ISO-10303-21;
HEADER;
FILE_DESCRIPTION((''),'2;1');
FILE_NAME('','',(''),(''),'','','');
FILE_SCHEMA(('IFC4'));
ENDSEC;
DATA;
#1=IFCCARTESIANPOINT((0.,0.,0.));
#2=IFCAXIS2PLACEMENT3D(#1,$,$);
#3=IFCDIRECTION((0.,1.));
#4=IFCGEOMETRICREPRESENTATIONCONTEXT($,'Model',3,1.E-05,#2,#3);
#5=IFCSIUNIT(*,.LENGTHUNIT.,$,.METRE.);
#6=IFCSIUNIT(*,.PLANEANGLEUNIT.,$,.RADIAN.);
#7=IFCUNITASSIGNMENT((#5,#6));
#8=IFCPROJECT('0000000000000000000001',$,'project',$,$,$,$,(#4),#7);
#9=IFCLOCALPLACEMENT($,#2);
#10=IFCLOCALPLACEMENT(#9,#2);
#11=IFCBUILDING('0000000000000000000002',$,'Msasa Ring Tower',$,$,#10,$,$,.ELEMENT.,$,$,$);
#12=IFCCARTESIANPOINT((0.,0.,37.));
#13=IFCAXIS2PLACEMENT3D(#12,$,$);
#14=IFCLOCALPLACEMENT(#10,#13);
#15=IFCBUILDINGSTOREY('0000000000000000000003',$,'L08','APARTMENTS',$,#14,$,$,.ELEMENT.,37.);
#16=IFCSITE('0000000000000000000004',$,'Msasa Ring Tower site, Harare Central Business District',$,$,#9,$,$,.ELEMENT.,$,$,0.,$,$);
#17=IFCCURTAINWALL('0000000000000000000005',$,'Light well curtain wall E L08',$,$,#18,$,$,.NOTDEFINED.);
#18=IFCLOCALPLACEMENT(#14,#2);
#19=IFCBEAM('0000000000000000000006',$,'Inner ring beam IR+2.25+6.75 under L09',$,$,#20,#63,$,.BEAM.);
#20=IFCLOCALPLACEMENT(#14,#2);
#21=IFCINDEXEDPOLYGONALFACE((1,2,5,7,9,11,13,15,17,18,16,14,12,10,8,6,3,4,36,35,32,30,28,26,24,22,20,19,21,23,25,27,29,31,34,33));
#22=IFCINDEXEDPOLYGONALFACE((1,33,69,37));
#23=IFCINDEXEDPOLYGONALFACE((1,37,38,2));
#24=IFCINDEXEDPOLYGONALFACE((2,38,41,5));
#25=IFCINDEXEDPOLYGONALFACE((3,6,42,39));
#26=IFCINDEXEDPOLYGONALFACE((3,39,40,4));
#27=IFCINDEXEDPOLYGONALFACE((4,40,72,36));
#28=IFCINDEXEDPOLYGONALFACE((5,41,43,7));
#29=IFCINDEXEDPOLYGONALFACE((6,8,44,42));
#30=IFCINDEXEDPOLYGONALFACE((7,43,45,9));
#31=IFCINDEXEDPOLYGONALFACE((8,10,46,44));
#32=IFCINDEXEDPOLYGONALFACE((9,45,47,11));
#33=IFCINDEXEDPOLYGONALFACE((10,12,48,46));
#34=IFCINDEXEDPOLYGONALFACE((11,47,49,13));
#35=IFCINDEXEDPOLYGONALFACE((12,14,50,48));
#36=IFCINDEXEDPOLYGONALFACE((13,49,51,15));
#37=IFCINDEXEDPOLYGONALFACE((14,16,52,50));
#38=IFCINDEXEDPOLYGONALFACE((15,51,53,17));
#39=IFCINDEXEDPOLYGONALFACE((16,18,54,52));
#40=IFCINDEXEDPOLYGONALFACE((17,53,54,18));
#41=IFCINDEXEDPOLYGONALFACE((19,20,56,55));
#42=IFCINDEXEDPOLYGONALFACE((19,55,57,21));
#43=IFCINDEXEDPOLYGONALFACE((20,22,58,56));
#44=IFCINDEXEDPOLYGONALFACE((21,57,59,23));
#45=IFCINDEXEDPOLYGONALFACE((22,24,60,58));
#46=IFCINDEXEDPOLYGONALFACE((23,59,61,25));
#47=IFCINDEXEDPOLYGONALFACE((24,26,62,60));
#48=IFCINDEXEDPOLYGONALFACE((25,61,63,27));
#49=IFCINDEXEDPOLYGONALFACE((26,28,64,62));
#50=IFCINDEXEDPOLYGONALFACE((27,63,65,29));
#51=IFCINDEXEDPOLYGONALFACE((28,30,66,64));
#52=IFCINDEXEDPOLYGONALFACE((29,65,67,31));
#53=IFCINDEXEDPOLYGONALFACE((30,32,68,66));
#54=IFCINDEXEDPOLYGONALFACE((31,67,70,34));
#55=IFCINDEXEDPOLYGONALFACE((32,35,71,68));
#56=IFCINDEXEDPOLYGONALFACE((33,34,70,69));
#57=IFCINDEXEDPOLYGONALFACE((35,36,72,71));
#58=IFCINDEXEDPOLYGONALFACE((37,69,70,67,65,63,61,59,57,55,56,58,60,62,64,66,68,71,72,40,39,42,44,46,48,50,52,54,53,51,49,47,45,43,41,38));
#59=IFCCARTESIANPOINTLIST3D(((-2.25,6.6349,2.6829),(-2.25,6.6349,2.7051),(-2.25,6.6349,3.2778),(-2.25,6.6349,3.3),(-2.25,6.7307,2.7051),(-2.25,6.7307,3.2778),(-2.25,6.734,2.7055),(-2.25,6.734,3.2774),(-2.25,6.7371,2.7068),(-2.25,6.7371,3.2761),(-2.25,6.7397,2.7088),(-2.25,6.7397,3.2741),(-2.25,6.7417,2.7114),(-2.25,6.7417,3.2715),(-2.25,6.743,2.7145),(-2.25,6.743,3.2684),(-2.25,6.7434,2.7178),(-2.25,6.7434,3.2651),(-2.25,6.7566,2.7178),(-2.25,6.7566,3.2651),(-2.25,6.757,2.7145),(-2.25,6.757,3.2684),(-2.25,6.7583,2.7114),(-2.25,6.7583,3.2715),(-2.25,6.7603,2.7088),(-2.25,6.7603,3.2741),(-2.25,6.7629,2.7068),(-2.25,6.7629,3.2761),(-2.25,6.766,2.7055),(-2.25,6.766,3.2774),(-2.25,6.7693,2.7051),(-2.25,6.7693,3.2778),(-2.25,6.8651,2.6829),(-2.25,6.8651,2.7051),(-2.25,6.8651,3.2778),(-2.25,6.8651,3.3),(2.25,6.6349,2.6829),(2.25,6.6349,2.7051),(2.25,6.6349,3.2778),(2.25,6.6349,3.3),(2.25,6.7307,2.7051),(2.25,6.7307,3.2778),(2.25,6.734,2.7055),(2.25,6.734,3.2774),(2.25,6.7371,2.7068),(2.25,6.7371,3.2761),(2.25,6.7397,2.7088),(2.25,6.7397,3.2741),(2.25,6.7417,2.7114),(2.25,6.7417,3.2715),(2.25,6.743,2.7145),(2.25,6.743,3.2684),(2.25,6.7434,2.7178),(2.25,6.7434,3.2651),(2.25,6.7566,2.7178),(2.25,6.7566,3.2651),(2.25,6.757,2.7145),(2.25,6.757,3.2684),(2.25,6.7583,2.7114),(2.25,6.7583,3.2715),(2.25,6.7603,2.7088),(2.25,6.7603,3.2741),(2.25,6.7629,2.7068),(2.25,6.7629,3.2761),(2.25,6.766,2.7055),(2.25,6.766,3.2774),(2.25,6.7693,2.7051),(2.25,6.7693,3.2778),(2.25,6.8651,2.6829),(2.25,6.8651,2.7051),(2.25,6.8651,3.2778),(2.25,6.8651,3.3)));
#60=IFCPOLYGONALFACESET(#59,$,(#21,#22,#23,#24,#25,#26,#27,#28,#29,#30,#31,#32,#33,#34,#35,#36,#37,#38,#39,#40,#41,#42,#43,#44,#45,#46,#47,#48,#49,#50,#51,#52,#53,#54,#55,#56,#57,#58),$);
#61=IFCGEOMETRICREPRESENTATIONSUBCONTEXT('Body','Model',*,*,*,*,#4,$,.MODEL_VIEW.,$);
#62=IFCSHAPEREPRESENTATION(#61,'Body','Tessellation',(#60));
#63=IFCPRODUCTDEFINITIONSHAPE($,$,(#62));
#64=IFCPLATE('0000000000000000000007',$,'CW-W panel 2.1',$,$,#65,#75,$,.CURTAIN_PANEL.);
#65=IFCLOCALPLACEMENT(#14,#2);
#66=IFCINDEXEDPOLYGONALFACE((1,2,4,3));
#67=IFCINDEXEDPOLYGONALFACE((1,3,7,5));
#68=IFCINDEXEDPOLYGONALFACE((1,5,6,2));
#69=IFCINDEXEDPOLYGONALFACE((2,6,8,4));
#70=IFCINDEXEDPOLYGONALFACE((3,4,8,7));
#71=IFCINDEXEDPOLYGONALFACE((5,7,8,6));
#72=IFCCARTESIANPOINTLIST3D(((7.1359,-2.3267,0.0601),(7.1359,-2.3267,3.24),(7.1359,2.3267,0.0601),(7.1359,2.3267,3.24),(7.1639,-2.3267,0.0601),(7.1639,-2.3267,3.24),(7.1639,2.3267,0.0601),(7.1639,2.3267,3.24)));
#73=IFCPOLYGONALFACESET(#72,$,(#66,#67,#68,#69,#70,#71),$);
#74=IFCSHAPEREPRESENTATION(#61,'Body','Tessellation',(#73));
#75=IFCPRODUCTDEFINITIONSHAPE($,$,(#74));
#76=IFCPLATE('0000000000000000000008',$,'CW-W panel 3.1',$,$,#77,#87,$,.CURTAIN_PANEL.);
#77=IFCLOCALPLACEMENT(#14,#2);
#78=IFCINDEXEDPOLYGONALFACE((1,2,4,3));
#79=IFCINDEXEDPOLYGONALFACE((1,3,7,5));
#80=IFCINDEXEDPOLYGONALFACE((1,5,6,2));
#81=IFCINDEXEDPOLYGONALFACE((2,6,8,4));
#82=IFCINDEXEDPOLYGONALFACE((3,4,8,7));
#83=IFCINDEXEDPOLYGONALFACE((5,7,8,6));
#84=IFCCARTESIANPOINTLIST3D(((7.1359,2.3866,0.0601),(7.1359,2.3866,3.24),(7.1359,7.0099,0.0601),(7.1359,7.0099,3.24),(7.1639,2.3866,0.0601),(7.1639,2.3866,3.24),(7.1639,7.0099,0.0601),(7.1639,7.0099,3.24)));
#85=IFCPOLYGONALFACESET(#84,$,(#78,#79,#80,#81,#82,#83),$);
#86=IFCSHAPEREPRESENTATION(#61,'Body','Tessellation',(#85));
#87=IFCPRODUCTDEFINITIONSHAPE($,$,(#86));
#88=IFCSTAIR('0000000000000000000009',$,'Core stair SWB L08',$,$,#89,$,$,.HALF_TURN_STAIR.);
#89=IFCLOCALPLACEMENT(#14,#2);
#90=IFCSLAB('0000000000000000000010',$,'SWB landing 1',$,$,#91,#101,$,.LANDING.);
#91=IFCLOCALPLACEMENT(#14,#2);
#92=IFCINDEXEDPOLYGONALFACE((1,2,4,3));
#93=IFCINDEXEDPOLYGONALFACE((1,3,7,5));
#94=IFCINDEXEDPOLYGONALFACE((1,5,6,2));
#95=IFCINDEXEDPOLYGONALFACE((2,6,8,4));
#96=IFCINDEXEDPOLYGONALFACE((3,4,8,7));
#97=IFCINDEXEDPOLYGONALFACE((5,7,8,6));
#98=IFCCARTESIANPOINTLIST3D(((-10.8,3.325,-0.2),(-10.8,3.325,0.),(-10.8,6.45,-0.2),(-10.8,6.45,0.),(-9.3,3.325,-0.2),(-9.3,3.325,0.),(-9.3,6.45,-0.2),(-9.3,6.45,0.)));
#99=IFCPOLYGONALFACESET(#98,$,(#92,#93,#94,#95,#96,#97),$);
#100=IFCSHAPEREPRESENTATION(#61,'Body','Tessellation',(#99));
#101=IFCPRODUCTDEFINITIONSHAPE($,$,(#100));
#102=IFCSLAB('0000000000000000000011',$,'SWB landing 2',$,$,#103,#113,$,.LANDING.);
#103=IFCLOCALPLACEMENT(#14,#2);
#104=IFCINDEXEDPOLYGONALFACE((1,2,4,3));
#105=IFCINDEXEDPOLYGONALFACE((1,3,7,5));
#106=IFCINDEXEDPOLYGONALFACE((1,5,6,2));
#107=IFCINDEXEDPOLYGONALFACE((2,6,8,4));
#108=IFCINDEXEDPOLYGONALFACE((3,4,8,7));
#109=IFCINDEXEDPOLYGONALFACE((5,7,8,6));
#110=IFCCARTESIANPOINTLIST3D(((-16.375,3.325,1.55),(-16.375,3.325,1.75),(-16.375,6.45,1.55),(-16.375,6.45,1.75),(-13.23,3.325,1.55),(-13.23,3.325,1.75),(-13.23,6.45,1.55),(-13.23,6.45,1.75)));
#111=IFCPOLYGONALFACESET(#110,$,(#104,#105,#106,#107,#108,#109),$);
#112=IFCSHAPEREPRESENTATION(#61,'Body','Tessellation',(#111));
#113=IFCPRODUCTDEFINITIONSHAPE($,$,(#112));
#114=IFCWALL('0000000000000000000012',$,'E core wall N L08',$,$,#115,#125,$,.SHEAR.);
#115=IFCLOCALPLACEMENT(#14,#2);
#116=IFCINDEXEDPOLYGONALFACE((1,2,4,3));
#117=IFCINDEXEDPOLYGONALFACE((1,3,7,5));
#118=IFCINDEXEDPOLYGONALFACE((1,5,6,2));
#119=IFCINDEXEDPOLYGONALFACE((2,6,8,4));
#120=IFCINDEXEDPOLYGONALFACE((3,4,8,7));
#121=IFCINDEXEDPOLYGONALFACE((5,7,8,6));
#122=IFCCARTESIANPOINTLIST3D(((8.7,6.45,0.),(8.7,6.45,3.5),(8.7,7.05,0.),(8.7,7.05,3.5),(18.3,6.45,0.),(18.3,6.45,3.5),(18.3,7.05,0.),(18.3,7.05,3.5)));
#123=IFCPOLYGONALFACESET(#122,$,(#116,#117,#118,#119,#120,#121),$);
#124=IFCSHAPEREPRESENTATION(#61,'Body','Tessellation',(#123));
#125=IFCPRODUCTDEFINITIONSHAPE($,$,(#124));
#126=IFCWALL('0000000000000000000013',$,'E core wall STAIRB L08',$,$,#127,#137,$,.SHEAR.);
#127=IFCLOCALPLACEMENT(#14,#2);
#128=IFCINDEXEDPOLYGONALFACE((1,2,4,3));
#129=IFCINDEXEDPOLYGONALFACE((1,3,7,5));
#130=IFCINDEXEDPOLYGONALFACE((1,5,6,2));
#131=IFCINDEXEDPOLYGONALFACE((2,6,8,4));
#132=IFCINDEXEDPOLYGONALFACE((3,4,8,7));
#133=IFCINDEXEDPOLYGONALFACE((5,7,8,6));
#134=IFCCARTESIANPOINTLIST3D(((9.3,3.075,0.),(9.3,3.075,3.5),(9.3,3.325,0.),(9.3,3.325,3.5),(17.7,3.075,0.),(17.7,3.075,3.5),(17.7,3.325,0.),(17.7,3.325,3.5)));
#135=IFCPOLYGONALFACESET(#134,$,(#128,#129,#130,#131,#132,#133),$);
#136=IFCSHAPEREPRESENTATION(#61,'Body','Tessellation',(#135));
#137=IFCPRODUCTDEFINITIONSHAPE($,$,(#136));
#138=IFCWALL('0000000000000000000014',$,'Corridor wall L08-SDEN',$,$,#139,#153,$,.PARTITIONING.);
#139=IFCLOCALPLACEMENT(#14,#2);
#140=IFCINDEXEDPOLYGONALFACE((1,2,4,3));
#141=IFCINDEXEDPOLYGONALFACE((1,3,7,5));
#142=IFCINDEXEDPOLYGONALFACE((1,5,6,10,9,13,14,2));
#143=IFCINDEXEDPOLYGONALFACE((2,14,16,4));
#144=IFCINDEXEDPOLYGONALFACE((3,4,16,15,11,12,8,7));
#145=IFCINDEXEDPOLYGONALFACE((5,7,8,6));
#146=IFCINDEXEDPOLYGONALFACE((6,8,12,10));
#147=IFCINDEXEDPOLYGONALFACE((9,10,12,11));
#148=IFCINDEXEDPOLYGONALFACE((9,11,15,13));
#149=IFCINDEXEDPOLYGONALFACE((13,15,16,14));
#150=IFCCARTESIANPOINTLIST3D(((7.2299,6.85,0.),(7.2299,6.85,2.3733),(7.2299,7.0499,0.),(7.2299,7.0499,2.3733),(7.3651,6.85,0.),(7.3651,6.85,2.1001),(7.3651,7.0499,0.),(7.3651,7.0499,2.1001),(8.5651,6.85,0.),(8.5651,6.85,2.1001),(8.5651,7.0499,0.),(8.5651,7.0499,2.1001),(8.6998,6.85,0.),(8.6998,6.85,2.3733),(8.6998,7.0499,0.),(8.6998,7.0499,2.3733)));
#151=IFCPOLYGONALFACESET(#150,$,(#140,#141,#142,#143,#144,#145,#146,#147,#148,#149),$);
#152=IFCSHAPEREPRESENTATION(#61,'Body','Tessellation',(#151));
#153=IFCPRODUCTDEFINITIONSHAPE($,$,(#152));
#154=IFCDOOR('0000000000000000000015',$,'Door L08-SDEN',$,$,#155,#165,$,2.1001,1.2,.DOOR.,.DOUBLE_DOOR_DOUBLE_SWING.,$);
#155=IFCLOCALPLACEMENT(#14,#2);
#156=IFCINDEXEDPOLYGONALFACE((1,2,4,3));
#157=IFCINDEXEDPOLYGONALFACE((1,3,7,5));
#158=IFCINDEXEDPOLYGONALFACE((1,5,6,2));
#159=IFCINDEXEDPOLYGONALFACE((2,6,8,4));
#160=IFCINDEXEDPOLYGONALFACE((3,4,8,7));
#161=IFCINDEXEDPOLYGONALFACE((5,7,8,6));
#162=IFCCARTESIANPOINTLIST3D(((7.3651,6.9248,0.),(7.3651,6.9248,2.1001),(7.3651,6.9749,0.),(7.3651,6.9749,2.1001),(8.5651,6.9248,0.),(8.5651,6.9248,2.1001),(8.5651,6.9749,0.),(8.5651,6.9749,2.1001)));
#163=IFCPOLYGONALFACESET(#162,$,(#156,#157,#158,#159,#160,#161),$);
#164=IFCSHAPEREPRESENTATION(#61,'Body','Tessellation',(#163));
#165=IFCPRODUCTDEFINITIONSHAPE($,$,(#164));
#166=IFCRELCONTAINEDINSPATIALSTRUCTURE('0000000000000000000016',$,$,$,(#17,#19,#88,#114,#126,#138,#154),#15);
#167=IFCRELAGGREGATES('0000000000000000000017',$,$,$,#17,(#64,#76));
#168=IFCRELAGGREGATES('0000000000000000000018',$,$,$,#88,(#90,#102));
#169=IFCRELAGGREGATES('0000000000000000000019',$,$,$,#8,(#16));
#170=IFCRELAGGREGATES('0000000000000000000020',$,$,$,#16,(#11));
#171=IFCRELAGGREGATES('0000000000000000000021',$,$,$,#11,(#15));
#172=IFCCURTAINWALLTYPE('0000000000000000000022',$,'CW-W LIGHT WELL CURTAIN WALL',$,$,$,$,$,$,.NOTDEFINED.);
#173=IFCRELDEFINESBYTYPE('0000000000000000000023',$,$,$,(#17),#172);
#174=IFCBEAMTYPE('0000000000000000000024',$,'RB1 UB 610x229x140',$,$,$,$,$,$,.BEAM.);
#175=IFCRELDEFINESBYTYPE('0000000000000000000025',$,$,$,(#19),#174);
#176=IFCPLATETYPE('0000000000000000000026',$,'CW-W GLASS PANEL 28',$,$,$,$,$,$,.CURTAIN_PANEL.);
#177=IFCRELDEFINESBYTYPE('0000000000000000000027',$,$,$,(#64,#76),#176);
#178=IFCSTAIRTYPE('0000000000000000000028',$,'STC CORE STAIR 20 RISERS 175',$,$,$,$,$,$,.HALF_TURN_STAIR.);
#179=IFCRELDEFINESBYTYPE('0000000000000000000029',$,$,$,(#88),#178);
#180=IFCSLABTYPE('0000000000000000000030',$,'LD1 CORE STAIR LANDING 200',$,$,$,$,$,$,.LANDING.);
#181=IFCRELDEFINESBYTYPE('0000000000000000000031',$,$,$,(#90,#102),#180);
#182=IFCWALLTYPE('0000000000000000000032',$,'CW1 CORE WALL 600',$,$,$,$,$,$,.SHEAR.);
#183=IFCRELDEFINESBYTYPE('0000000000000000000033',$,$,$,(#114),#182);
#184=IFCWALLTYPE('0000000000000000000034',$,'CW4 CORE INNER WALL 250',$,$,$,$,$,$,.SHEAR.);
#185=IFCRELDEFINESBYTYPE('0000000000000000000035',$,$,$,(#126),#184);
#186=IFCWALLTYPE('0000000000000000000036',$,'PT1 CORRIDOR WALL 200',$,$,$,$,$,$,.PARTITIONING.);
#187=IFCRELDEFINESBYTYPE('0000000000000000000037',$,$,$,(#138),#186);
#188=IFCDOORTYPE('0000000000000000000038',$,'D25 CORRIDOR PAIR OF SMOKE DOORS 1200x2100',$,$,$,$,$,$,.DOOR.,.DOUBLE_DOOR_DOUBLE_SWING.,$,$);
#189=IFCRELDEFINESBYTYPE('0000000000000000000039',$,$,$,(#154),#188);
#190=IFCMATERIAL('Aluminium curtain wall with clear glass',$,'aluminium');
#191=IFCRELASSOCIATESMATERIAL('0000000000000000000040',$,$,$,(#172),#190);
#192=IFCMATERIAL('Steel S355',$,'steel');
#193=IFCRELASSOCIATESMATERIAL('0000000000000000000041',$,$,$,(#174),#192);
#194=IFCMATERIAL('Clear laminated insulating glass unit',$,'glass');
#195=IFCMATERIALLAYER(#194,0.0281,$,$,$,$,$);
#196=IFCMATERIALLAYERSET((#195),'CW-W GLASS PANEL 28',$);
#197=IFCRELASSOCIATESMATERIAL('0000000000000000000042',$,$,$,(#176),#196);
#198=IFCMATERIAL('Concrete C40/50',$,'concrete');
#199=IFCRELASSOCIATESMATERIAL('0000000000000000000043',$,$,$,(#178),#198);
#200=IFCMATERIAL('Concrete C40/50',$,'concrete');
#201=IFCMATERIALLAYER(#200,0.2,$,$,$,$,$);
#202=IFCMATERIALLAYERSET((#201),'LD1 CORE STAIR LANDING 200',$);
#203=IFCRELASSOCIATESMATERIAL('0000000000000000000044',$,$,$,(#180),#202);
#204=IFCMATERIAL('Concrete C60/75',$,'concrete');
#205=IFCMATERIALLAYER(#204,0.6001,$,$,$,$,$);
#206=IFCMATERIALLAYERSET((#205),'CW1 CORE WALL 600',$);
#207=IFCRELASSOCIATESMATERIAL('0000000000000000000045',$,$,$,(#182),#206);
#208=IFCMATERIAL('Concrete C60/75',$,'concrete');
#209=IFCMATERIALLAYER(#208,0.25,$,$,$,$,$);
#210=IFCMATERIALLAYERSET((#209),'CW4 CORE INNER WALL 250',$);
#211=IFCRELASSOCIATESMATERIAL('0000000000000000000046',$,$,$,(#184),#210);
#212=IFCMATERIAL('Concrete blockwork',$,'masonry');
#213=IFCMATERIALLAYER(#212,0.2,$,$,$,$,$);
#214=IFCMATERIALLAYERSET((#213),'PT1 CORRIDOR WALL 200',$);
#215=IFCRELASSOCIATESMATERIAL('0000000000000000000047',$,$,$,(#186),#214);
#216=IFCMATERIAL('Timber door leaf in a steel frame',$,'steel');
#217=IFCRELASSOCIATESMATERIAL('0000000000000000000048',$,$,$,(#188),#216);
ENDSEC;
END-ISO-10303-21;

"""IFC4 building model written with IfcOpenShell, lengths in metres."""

from ifc_helpers import new_model, si_unit, direction, frame, frame_2d, origin, origin_2d, place, context, subcontext, project, spatial, polyline, rectangle, i_section, outline, extrude, material, layer, layer_set, material_profile, profile_set, type_object, element, fill, aggregate, save


model = new_model("IFC4")

# Units and contexts
model_context = context("Model", 3, precision=1e-05, world=origin(), true_north=direction((0.0, 1.0)))
body_context = subcontext(model_context, "Body", "Model", "MODEL_VIEW")
ifc_project = project(units=[si_unit("LENGTHUNIT", "METRE"), si_unit("PLANEANGLEUNIT", "RADIAN")], contexts=[model_context])

# Site, building, storey
site_placement = place(None, origin())
site = spatial("IfcSite", under=ifc_project, at=site_placement, Name="Msasa Ring Tower site, Harare Central Business District", CompositionType="ELEMENT", RefElevation=0.0)
building_placement = place(site_placement, origin())
building = spatial("IfcBuilding", under=site, at=building_placement, Name="Msasa Ring Tower", CompositionType="ELEMENT")
storey_placement = place(building_placement, frame((0.0, 0.0, 37.0)))
storey = spatial("IfcBuildingStorey", under=building, at=storey_placement, Name="L08", Description="APARTMENTS", CompositionType="ELEMENT", Elevation=37.0)

# Curtain wall
ifc_material_1 = material(Name="Aluminium curtain wall with clear glass", Category="aluminium")
curtain_wall_type = type_object("IfcCurtainWallType", Name="CW-W LIGHT WELL CURTAIN WALL", PredefinedType="NOTDEFINED", material=ifc_material_1)
curtain_wall_placement = place(storey_placement, origin())
curtain_wall = element("IfcCurtainWall", 1, at=curtain_wall_placement, inside=storey, type_object=curtain_wall_type, Name="Light well curtain wall E L08", PredefinedType="NOTDEFINED")

# Beam
ifc_material_2 = material(Name="Steel S355", Category="steel")
ifc_material_profile_1 = material_profile(ifc_material_2, i_section(OverallWidth=0.2302, OverallDepth=0.6172, WebThickness=0.0132, FlangeThickness=0.0222, FilletRadius=0.0127, at=origin_2d()), Name="UB 610x229x140")
ifc_profile_set_1 = profile_set([ifc_material_profile_1], Name="Steel S355")
beam_type = type_object("IfcBeamType", Name="RB1 UB 610x229x140", PredefinedType="BEAM", material=ifc_profile_set_1)
for number, where, z_axis, x_axis, name in (
    (2, (2.25, 6.75, 2.9915), (-1.0, 0.0, 0.0), (0.0, -1.0, 0.0), "Inner ring beam IR+2.25+6.75 under L09"),
):
    element("IfcBeam", number, at=place(storey_placement, frame(where, z_axis=z_axis, x_axis=x_axis)), inside=storey, type_object=beam_type, Name=name, PredefinedType="BEAM", context=body_context, shape_type="SweptSolid", body=[
        extrude(i_section(OverallWidth=0.2302, OverallDepth=0.6172, WebThickness=0.0132, FlangeThickness=0.0222, FilletRadius=0.0127, at=origin_2d()), origin(), (0.0, 0.0, 1.0), 4.5),
    ])

# Plates
ifc_material_3 = material(Name="Clear laminated insulating glass unit", Category="glass")
ifc_layer_1 = layer(ifc_material_3, 0.0281)
ifc_layer_set_1 = layer_set([ifc_layer_1], Name="CW-W GLASS PANEL 28")
plate_type = type_object("IfcPlateType", Name="CW-W GLASS PANEL 28", PredefinedType="CURTAIN_PANEL", material=ifc_layer_set_1)
plate_1_placement = place(storey_placement, frame((7.1499, 0.0, 0.0601), z_axis=(0.0, 0.0, 1.0), x_axis=(0.0, 1.0, 0.0)))
plate_1 = element("IfcPlate", 3, at=plate_1_placement, type_object=plate_type, Name="CW-W panel 2.1", PredefinedType="CURTAIN_PANEL", context=body_context, shape_type="SweptSolid", body=[
    extrude(rectangle(XDim=4.6533, YDim=0.0281, at=origin_2d()), origin(), (0.0, 0.0, 1.0), 3.1799),
])
plate_2_placement = place(storey_placement, frame((7.1499, 4.6982, 0.0601), z_axis=(0.0, 0.0, 1.0), x_axis=(0.0, 1.0, 0.0)))
plate_2 = element("IfcPlate", 4, at=plate_2_placement, type_object=plate_type, Name="CW-W panel 3.1", PredefinedType="CURTAIN_PANEL", context=body_context, shape_type="SweptSolid", body=[
    extrude(rectangle(XDim=4.6233, YDim=0.0281, at=origin_2d()), origin(), (0.0, 0.0, 1.0), 3.1799),
])
aggregate(curtain_wall, [plate_1, plate_2])

# Stair, slabs
ifc_material_4 = material(Name="Concrete C40/50", Category="concrete")
stair_type = type_object("IfcStairType", Name="STC CORE STAIR 20 RISERS 175", PredefinedType="HALF_TURN_STAIR", material=ifc_material_4)
stair_1_placement = place(storey_placement, origin())
stair_1 = element("IfcStair", 5, at=stair_1_placement, inside=storey, type_object=stair_type, Name="Core stair SWB L08", PredefinedType="HALF_TURN_STAIR")
ifc_material_5 = material(Name="Concrete C40/50", Category="concrete")
ifc_layer_2 = layer(ifc_material_5, 0.2)
ifc_layer_set_2 = layer_set([ifc_layer_2], Name="LD1 CORE STAIR LANDING 200")
slab_type = type_object("IfcSlabType", Name="LD1 CORE STAIR LANDING 200", PredefinedType="LANDING", material=ifc_layer_set_2)
slab_1_placement = place(storey_placement, frame((0.0, 0.0, -0.2)))
slab_1 = element("IfcSlab", 6, at=slab_1_placement, type_object=slab_type, Name="SWB landing 1", PredefinedType="LANDING", context=body_context, shape_type="SweptSolid", body=[
    extrude(outline(polyline([(-10.8, 3.325), (-9.3, 3.325), (-9.3, 6.45), (-10.8, 6.45), (-10.8, 3.325)])), origin(), (0.0, 0.0, 1.0), 0.2),
])
slab_2_placement = place(storey_placement, frame((0.0, 0.0, 1.55)))
slab_2 = element("IfcSlab", 7, at=slab_2_placement, type_object=slab_type, Name="SWB landing 2", PredefinedType="LANDING", context=body_context, shape_type="SweptSolid", body=[
    extrude(outline(polyline([(-16.375, 3.325), (-13.23, 3.325), (-13.23, 6.45), (-16.375, 6.45), (-16.375, 3.325)])), origin(), (0.0, 0.0, 1.0), 0.2),
])
aggregate(stair_1, [slab_1, slab_2])

# Walls
ifc_material_6 = material(Name="Concrete C60/75", Category="concrete")
ifc_layer_3 = layer(ifc_material_6, 0.6001)
ifc_layer_set_3 = layer_set([ifc_layer_3], Name="CW1 CORE WALL 600")
wall_type_1 = type_object("IfcWallType", Name="CW1 CORE WALL 600", PredefinedType="SHEAR", material=ifc_layer_set_3)
wall_1_placement = place(storey_placement, frame((8.7, 6.75, 0.0), z_axis=(0.0, 0.0, 1.0), x_axis=(1.0, 0.0, 0.0)))
element("IfcWall", 8, at=wall_1_placement, inside=storey, type_object=wall_type_1, Name="E core wall N L08", PredefinedType="SHEAR", context=body_context, shape_type="SweptSolid", body=[
    extrude(rectangle(XDim=9.6001, YDim=0.6001, at=frame_2d((4.8, 0.0))), origin(), (0.0, 0.0, 1.0), 3.5),
])
ifc_material_7 = material(Name="Concrete C60/75", Category="concrete")
ifc_layer_4 = layer(ifc_material_7, 0.25)
ifc_layer_set_4 = layer_set([ifc_layer_4], Name="CW4 CORE INNER WALL 250")
wall_type_2 = type_object("IfcWallType", Name="CW4 CORE INNER WALL 250", PredefinedType="SHEAR", material=ifc_layer_set_4)
wall_2_placement = place(storey_placement, frame((9.3, 3.2, 0.0), z_axis=(0.0, 0.0, 1.0), x_axis=(1.0, 0.0, 0.0)))
element("IfcWall", 9, at=wall_2_placement, inside=storey, type_object=wall_type_2, Name="E core wall STAIRB L08", PredefinedType="SHEAR", context=body_context, shape_type="SweptSolid", body=[
    extrude(rectangle(XDim=8.3999, YDim=0.25, at=frame_2d((4.2, 0.0))), origin(), (0.0, 0.0, 1.0), 3.5),
])

# Wall, opening, door
ifc_material_8 = material(Name="Concrete blockwork", Category="masonry")
ifc_layer_5 = layer(ifc_material_8, 0.2)
ifc_layer_set_5 = layer_set([ifc_layer_5], Name="PT1 CORRIDOR WALL 200")
wall_type_3 = type_object("IfcWallType", Name="PT1 CORRIDOR WALL 200", PredefinedType="PARTITIONING", material=ifc_layer_set_5)
wall_3_placement = place(storey_placement, frame((7.23, 6.95, 0.0), z_axis=(0.0, 0.0, 1.0), x_axis=(1.0, 0.0, 0.0)))
wall_3 = element("IfcWall", 10, at=wall_3_placement, inside=storey, type_object=wall_type_3, Name="Corridor wall L08-SDEN", PredefinedType="PARTITIONING", context=body_context, shape_type="SweptSolid", body=[
    extrude(rectangle(XDim=1.47, YDim=0.2, at=frame_2d((0.7349, 0.0))), origin(), (0.0, 0.0, 1.0), 2.3733),
])
opening_placement = place(wall_3_placement, frame((0.135, 0.0, 0.0)))
opening = element("IfcOpeningElement", 11, at=opening_placement, cuts=wall_3, PredefinedType="OPENING", context=body_context, shape_type="SweptSolid", body=[
    extrude(rectangle(XDim=1.2, YDim=2.1001, at=frame_2d((0.6001, 1.05))), frame((0.0, 0.1099, 0.0), z_axis=(0.0, -1.0, 0.0), x_axis=(1.0, 0.0, 0.0)), (0.0, 0.0, 1.0), 0.22),
])
ifc_material_9 = material(Name="Timber door leaf in a steel frame", Category="steel")
door_type = type_object("IfcDoorType", Name="D25 CORRIDOR PAIR OF SMOKE DOORS 1200x2100", OperationType="DOUBLE_DOOR_DOUBLE_SWING", PredefinedType="DOOR", material=ifc_material_9)
door_placement = place(opening_placement, origin())
door = element("IfcDoor", 12, at=door_placement, inside=storey, type_object=door_type, Name="Door L08-SDEN", OperationType="DOUBLE_DOOR_DOUBLE_SWING", OverallHeight=2.1001, OverallWidth=1.2, PredefinedType="DOOR", context=body_context, shape_type="SweptSolid", body=[
    extrude(rectangle(XDim=1.2, YDim=2.1001, at=frame_2d((0.6001, 1.05))), frame((0.0, 0.0249, 0.0), z_axis=(0.0, -1.0, 0.0), x_axis=(1.0, 0.0, 0.0)), (0.0, 0.0, 1.0), 0.05),
])
fill(opening, door)

save(model, "model.ifc")
